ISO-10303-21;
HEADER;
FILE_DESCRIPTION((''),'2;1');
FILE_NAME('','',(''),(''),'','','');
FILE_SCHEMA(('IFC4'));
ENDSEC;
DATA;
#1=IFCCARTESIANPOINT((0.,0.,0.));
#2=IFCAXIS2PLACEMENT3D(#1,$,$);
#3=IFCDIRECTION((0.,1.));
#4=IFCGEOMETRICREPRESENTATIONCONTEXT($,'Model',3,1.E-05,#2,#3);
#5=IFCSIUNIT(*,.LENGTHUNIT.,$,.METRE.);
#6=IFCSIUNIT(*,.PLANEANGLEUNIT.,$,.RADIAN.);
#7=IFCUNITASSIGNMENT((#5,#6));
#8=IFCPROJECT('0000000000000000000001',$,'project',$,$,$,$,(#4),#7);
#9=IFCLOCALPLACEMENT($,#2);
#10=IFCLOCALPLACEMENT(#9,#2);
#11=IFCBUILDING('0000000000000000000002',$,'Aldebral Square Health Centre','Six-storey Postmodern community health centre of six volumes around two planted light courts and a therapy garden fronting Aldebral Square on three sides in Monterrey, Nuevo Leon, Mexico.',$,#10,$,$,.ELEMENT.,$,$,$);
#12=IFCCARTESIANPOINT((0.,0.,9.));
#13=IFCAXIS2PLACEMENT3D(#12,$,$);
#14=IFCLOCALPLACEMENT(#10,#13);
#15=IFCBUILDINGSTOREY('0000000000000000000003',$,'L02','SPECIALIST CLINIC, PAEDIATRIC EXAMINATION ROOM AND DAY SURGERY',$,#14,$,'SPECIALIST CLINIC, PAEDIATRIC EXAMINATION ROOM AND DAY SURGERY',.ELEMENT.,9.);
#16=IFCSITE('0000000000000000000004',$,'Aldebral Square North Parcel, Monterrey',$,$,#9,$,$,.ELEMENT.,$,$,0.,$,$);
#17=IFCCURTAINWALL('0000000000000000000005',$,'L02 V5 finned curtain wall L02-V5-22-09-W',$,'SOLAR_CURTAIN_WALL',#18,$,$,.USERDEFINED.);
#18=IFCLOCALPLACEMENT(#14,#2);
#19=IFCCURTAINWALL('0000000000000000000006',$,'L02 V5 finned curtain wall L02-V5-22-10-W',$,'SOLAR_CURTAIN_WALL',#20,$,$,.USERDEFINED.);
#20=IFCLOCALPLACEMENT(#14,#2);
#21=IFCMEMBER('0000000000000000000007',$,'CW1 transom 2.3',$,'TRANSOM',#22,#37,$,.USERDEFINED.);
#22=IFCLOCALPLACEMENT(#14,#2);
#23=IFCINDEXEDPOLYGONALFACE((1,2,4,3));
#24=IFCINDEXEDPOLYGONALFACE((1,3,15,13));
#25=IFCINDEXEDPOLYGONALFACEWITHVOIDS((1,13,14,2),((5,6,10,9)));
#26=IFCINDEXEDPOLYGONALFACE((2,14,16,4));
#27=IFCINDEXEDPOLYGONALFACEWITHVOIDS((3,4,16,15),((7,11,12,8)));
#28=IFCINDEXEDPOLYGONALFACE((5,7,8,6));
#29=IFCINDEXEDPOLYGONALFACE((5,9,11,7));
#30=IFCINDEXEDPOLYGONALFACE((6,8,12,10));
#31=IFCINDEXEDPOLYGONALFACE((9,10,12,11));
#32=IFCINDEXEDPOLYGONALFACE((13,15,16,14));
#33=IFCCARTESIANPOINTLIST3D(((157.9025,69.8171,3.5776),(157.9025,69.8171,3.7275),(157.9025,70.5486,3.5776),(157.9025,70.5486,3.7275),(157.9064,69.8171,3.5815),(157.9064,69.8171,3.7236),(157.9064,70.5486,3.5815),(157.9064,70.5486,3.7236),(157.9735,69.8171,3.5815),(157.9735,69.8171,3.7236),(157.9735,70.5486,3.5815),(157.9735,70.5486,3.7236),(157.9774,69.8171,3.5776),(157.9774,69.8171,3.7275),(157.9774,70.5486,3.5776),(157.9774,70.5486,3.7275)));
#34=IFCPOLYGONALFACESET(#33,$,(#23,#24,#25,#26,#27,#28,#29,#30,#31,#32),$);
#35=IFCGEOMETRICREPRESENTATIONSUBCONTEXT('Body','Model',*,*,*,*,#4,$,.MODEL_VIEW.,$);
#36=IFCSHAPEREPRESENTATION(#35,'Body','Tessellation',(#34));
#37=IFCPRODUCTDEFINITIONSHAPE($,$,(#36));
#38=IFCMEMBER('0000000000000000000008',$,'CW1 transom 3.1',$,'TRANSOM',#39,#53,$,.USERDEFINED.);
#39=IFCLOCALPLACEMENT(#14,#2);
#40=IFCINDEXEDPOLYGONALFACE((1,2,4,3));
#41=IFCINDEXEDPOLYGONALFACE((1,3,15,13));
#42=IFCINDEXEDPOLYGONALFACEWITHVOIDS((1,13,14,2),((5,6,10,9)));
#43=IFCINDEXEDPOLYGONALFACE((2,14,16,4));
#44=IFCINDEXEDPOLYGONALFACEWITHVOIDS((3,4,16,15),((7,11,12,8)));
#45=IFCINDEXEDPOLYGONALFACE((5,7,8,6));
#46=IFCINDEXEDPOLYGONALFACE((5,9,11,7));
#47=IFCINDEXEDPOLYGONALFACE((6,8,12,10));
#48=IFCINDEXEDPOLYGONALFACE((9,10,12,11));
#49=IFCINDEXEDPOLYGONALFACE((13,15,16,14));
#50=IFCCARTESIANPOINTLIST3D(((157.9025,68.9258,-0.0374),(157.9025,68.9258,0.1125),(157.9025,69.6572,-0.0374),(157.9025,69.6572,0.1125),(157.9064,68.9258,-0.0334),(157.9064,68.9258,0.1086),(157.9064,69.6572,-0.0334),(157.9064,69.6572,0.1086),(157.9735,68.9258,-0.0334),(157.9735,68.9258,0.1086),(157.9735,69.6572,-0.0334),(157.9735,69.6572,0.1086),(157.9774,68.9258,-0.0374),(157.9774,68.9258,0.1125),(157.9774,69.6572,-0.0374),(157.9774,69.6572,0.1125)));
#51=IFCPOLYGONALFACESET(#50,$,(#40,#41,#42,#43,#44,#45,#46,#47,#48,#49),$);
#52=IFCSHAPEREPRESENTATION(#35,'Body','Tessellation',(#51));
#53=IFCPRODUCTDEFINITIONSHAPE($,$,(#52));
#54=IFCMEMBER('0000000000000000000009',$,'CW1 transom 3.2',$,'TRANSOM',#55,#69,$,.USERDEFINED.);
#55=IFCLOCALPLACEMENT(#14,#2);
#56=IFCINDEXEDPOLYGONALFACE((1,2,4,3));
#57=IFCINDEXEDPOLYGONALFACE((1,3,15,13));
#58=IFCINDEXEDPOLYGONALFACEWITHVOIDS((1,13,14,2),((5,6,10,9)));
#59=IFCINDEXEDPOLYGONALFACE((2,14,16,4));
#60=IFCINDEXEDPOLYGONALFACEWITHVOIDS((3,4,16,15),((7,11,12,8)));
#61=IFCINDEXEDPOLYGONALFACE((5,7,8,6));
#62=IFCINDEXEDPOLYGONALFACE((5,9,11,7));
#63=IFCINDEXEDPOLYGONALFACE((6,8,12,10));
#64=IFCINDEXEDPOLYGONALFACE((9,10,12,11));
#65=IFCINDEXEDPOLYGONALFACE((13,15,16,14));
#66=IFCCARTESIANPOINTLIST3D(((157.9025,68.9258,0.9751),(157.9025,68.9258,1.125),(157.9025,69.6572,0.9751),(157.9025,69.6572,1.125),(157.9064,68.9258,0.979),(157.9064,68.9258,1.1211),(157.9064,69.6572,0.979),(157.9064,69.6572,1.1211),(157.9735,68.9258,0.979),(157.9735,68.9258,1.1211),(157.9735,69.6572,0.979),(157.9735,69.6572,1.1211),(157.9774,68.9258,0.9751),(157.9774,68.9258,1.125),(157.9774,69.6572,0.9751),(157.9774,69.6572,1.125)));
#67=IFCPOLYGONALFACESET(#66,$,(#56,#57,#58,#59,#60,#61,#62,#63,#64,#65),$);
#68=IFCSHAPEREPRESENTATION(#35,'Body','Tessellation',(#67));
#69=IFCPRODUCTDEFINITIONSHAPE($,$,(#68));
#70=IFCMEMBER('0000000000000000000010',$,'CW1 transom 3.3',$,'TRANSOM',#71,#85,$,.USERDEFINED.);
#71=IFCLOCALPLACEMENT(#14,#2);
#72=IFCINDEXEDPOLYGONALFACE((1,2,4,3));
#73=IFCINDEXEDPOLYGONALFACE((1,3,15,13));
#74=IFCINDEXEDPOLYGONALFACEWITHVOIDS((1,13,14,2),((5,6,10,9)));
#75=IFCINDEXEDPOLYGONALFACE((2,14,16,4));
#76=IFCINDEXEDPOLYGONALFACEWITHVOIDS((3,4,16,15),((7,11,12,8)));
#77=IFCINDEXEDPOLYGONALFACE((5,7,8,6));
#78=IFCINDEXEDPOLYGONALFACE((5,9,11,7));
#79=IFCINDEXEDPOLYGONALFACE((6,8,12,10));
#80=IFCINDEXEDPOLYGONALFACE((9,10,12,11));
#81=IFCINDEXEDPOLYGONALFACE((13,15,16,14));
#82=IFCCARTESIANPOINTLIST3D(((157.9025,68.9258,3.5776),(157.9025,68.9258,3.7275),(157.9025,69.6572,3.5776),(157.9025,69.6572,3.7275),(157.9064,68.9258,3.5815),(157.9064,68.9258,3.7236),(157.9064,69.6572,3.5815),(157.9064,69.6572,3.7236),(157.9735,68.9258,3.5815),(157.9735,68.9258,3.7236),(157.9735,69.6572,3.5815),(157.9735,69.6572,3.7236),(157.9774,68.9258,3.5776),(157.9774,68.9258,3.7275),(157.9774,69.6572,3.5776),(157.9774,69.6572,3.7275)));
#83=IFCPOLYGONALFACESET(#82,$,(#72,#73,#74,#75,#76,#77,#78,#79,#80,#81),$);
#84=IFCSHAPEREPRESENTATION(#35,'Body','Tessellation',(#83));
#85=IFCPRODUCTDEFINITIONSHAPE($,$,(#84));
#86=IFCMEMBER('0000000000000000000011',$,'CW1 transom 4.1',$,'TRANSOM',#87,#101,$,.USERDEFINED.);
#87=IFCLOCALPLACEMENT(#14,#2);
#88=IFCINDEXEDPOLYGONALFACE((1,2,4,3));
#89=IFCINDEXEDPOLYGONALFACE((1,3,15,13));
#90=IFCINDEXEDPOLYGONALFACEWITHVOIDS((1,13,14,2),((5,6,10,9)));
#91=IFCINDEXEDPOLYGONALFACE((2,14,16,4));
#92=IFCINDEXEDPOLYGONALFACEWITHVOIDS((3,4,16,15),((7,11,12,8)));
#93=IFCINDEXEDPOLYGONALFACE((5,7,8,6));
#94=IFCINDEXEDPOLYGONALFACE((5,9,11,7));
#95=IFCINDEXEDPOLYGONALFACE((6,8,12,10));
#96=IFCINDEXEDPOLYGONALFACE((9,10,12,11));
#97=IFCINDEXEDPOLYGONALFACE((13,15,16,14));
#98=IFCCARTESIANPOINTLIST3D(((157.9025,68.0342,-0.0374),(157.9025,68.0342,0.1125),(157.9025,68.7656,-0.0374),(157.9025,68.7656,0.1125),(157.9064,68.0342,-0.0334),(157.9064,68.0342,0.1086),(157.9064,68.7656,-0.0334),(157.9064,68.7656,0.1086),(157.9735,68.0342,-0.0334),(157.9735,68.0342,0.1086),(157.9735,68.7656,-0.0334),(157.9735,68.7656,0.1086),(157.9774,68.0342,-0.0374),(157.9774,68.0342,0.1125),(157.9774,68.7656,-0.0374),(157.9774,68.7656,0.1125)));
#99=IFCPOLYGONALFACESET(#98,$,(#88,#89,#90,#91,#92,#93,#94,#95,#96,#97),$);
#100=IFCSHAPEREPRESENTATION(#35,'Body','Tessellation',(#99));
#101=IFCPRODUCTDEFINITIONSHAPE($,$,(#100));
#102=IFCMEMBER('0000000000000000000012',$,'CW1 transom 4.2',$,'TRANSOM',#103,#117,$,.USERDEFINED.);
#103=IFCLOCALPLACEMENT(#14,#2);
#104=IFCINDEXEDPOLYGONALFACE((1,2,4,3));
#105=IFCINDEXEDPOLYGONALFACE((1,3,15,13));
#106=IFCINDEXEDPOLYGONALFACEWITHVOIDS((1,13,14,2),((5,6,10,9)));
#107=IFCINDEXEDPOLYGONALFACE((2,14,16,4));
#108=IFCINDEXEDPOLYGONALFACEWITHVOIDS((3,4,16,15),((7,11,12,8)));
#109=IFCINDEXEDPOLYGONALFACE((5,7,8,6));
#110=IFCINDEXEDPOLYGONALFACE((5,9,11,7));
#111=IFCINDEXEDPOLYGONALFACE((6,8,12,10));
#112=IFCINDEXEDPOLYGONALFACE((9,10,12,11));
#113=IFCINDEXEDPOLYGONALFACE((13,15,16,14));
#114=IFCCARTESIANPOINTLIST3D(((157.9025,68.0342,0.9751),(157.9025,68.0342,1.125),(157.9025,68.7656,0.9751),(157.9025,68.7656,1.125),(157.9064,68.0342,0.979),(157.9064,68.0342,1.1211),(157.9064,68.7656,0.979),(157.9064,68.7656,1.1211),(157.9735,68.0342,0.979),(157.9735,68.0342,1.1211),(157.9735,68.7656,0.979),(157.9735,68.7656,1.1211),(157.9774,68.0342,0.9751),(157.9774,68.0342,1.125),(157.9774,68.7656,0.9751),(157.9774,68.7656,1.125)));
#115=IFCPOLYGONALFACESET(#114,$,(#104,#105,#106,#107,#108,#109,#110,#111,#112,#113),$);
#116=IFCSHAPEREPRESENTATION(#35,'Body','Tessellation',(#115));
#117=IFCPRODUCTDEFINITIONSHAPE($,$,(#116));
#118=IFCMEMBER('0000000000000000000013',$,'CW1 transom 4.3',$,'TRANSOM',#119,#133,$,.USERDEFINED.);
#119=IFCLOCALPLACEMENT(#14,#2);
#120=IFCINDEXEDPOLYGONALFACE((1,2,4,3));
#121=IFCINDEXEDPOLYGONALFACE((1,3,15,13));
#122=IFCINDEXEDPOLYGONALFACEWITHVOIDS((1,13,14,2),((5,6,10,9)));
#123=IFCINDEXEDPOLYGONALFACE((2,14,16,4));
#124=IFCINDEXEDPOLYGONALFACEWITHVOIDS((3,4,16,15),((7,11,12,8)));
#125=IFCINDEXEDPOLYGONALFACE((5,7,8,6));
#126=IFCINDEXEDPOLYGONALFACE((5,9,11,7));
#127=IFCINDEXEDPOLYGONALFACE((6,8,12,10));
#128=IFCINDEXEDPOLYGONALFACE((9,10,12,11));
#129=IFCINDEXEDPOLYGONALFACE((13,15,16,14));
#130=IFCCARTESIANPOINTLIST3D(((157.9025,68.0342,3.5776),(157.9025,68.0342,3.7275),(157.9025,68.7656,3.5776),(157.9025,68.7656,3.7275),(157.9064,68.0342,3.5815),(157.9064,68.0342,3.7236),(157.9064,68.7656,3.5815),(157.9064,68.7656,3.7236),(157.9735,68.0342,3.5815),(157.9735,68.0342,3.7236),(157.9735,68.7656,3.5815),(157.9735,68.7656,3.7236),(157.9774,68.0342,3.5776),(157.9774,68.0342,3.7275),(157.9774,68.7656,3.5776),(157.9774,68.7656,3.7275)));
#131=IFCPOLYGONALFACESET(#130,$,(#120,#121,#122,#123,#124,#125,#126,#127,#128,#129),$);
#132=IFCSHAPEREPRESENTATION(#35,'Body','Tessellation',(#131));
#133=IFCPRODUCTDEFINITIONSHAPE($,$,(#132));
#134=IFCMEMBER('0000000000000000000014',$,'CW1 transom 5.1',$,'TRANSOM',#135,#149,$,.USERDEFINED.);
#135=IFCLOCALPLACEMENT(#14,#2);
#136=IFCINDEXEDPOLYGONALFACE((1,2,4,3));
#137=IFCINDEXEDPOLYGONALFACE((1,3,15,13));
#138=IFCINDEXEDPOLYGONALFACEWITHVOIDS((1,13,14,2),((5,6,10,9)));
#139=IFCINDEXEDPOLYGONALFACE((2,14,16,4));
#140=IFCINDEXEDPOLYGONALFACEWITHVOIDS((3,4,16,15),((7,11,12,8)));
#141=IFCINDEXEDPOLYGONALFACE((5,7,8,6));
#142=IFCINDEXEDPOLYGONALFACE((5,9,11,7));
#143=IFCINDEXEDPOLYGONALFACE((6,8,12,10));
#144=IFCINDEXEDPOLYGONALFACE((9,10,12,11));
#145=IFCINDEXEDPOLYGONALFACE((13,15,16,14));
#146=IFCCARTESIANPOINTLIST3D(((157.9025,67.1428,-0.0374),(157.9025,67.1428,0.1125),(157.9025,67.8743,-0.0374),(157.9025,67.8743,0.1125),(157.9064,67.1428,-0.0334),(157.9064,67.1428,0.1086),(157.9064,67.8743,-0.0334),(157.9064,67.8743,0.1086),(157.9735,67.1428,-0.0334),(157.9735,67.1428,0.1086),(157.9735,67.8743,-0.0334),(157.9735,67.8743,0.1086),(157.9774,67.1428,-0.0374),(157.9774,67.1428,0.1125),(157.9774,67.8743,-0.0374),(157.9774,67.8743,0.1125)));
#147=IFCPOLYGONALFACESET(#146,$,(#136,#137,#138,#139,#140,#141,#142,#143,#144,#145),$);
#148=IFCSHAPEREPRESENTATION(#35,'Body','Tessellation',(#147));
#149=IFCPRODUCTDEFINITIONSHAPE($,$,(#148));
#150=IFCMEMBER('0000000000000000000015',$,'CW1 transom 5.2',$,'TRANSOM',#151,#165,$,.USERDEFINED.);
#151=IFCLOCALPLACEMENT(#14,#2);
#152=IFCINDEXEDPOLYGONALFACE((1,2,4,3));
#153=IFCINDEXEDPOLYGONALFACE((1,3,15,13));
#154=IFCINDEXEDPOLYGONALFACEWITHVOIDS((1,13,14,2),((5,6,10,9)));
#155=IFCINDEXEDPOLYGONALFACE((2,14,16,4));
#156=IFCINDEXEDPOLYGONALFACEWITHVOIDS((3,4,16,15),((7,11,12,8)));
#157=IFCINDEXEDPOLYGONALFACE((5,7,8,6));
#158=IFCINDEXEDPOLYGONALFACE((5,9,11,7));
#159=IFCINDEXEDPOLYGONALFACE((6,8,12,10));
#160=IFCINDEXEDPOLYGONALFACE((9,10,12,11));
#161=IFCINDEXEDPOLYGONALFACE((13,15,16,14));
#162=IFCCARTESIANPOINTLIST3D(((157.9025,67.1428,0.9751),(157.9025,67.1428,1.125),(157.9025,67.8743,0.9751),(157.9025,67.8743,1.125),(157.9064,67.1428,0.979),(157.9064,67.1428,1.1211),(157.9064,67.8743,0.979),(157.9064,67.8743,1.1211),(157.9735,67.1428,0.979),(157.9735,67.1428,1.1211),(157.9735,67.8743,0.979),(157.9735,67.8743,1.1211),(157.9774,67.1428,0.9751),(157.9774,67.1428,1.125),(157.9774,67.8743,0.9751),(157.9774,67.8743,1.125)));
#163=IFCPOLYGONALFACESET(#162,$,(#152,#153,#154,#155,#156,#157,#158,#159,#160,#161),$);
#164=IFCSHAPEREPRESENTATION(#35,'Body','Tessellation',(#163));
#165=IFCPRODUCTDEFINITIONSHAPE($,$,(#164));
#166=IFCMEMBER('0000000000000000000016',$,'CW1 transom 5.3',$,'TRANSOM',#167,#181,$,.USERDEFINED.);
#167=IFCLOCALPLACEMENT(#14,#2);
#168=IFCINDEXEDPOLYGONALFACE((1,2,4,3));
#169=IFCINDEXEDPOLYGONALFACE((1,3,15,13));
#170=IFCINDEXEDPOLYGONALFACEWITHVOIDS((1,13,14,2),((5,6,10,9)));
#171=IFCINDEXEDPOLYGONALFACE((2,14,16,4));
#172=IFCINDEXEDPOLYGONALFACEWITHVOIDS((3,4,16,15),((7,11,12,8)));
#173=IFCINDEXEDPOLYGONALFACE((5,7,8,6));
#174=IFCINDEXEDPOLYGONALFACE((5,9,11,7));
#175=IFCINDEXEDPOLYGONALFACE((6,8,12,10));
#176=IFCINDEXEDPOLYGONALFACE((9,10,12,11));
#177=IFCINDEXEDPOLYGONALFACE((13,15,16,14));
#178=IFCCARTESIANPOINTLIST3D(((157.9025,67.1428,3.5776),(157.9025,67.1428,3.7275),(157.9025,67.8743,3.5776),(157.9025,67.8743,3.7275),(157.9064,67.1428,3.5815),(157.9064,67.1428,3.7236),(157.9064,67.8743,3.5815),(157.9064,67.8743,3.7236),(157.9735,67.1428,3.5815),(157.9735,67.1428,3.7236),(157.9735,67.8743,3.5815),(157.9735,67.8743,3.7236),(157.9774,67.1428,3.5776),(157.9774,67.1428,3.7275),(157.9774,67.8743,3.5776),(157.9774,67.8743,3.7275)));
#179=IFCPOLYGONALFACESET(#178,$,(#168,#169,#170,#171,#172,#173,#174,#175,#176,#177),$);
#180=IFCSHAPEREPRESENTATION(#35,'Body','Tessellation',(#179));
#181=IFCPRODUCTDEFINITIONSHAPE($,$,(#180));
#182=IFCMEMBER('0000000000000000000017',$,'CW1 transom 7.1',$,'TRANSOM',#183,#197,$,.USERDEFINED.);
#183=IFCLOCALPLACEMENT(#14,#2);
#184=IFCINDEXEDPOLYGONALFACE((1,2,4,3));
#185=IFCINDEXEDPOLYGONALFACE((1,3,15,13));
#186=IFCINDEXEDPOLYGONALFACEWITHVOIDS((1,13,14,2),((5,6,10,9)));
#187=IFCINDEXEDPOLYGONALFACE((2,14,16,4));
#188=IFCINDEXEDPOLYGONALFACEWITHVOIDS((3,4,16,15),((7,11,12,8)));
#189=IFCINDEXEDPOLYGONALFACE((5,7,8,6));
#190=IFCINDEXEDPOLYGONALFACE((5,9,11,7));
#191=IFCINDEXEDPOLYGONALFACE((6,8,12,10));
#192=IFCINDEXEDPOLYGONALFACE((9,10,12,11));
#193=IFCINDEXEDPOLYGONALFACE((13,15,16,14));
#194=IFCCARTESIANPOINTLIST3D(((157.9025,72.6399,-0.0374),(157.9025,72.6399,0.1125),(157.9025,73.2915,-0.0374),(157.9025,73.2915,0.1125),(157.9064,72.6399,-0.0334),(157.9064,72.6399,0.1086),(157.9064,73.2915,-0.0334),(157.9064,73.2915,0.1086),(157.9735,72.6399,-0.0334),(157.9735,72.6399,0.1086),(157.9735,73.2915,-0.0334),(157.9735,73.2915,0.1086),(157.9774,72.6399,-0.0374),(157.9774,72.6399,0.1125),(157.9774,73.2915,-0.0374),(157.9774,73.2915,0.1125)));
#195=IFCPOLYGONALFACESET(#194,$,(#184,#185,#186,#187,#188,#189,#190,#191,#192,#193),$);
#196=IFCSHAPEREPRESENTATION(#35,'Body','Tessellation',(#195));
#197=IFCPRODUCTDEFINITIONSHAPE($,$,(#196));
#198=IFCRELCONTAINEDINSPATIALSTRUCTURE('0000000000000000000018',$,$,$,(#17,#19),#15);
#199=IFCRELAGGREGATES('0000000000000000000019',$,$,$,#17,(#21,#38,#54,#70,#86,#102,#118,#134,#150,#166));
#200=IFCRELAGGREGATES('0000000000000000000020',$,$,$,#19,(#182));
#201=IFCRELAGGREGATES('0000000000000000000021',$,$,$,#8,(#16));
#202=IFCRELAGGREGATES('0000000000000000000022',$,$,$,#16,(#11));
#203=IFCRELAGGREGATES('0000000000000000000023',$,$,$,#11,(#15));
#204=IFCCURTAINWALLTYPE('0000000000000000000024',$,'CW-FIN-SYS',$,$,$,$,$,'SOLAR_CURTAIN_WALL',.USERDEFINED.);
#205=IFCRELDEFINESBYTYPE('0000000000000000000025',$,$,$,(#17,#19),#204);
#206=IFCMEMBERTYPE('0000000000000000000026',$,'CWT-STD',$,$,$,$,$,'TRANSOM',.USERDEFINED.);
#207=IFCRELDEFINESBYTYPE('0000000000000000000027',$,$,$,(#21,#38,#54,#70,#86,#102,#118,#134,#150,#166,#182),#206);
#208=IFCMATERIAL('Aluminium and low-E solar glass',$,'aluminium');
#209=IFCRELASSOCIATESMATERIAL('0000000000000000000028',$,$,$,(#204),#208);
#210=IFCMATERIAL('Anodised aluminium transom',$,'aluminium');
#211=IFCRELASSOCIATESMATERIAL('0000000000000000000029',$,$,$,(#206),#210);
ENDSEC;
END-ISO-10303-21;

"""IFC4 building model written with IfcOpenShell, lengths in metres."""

from ifc_helpers import new_model, si_unit, direction, frame, origin, origin_2d, place, context, subcontext, project, spatial, hollow_rectangle, extrude, material, material_profile, profile_set, type_object, element, aggregate, save


model = new_model("IFC4")

# Units and contexts
model_context = context("Model", 3, precision=1e-05, world=origin(), true_north=direction((0.0, 1.0)))
body_context = subcontext(model_context, "Body", "Model", "MODEL_VIEW")
ifc_project = project(units=[si_unit("LENGTHUNIT", "METRE"), si_unit("PLANEANGLEUNIT", "RADIAN")], contexts=[model_context])

# Site, building, storey
site_placement = place(None, origin())
site = spatial("IfcSite", under=ifc_project, at=site_placement, Name="Aldebral Square North Parcel, Monterrey", CompositionType="ELEMENT", RefElevation=0.0)
building_placement = place(site_placement, origin())
building = spatial("IfcBuilding", under=site, at=building_placement, Name="Aldebral Square Health Centre", Description="Six-storey Postmodern community health centre of six volumes around two planted light courts and a therapy garden fronting Aldebral Square on three sides in Monterrey, Nuevo Leon, Mexico.", CompositionType="ELEMENT")
storey_placement = place(building_placement, frame((0.0, 0.0, 9.0)))
storey = spatial("IfcBuildingStorey", under=building, at=storey_placement, Name="L02", Description="SPECIALIST CLINIC, PAEDIATRIC EXAMINATION ROOM AND DAY SURGERY", LongName="SPECIALIST CLINIC, PAEDIATRIC EXAMINATION ROOM AND DAY SURGERY", CompositionType="ELEMENT", Elevation=9.0)

# Curtain wall
ifc_material_1 = material(Name="Aluminium and low-E solar glass", Category="aluminium")
curtain_wall_type = type_object("IfcCurtainWallType", Name="CW-FIN-SYS", ElementType="SOLAR_CURTAIN_WALL", PredefinedType="USERDEFINED", material=ifc_material_1)
curtain_wall_1_placement = place(storey_placement, origin())
curtain_wall_1 = element("IfcCurtainWall", 1, at=curtain_wall_1_placement, inside=storey, type_object=curtain_wall_type, Name="L02 V5 finned curtain wall L02-V5-22-09-W", ObjectType="SOLAR_CURTAIN_WALL", PredefinedType="USERDEFINED")

# Curtain wall
curtain_wall_2_placement = place(storey_placement, origin())
curtain_wall_2 = element("IfcCurtainWall", 2, at=curtain_wall_2_placement, inside=storey, type_object=curtain_wall_type, Name="L02 V5 finned curtain wall L02-V5-22-10-W", ObjectType="SOLAR_CURTAIN_WALL", PredefinedType="USERDEFINED")

# Members
ifc_material_2 = material(Name="Anodised aluminium transom", Category="aluminium")
ifc_material_profile_1 = material_profile(ifc_material_2, hollow_rectangle(XDim=0.075, YDim=0.1499, WallThickness=0.0039, at=origin_2d()), Name="CWT 75x150x4")
ifc_profile_set_1 = profile_set([ifc_material_profile_1], Name="Anodised aluminium transom")
member_type_1 = type_object("IfcMemberType", Name="CWT-STD", ElementType="TRANSOM", PredefinedType="USERDEFINED", material=ifc_profile_set_1)
member_1_placement = place(storey_placement, frame((157.9399, 70.5486, 3.6526), z_axis=(0.0, -1.0, 0.0), x_axis=(1.0, 0.0, 0.0)))
member_1 = element("IfcMember", 3, at=member_1_placement, type_object=member_type_1, Name="CW1 transom 2.3", ObjectType="TRANSOM", PredefinedType="USERDEFINED", context=body_context, shape_type="SweptSolid", body=[
    extrude(hollow_rectangle(XDim=0.075, YDim=0.1499, WallThickness=0.0039, at=origin_2d()), origin(), (0.0, 0.0, 1.0), 0.7314),
])
member_2_placement = place(storey_placement, frame((157.9399, 69.6572, 0.0376), z_axis=(0.0, -1.0, 0.0), x_axis=(1.0, 0.0, 0.0)))
member_2 = element("IfcMember", 4, at=member_2_placement, type_object=member_type_1, Name="CW1 transom 3.1", ObjectType="TRANSOM", PredefinedType="USERDEFINED", context=body_context, shape_type="SweptSolid", body=[
    extrude(hollow_rectangle(XDim=0.075, YDim=0.1499, WallThickness=0.0039, at=origin_2d()), origin(), (0.0, 0.0, 1.0), 0.7314),
])
member_3_placement = place(storey_placement, frame((157.9399, 69.6572, 1.05), z_axis=(0.0, -1.0, 0.0), x_axis=(1.0, 0.0, 0.0)))
member_3 = element("IfcMember", 5, at=member_3_placement, type_object=member_type_1, Name="CW1 transom 3.2", ObjectType="TRANSOM", PredefinedType="USERDEFINED", context=body_context, shape_type="SweptSolid", body=[
    extrude(hollow_rectangle(XDim=0.075, YDim=0.1499, WallThickness=0.0039, at=origin_2d()), origin(), (0.0, 0.0, 1.0), 0.7314),
])
member_4_placement = place(storey_placement, frame((157.9399, 69.6572, 3.6526), z_axis=(0.0, -1.0, 0.0), x_axis=(1.0, 0.0, 0.0)))
member_4 = element("IfcMember", 6, at=member_4_placement, type_object=member_type_1, Name="CW1 transom 3.3", ObjectType="TRANSOM", PredefinedType="USERDEFINED", context=body_context, shape_type="SweptSolid", body=[
    extrude(hollow_rectangle(XDim=0.075, YDim=0.1499, WallThickness=0.0039, at=origin_2d()), origin(), (0.0, 0.0, 1.0), 0.7314),
])
member_5_placement = place(storey_placement, frame((157.9399, 68.7656, 0.0376), z_axis=(0.0, -1.0, 0.0), x_axis=(1.0, 0.0, 0.0)))
member_5 = element("IfcMember", 7, at=member_5_placement, type_object=member_type_1, Name="CW1 transom 4.1", ObjectType="TRANSOM", PredefinedType="USERDEFINED", context=body_context, shape_type="SweptSolid", body=[
    extrude(hollow_rectangle(XDim=0.075, YDim=0.1499, WallThickness=0.0039, at=origin_2d()), origin(), (0.0, 0.0, 1.0), 0.7314),
])
member_6_placement = place(storey_placement, frame((157.9399, 68.7656, 1.05), z_axis=(0.0, -1.0, 0.0), x_axis=(1.0, 0.0, 0.0)))
member_6 = element("IfcMember", 8, at=member_6_placement, type_object=member_type_1, Name="CW1 transom 4.2", ObjectType="TRANSOM", PredefinedType="USERDEFINED", context=body_context, shape_type="SweptSolid", body=[
    extrude(hollow_rectangle(XDim=0.075, YDim=0.1499, WallThickness=0.0039, at=origin_2d()), origin(), (0.0, 0.0, 1.0), 0.7314),
])
member_7_placement = place(storey_placement, frame((157.9399, 68.7656, 3.6526), z_axis=(0.0, -1.0, 0.0), x_axis=(1.0, 0.0, 0.0)))
member_7 = element("IfcMember", 9, at=member_7_placement, type_object=member_type_1, Name="CW1 transom 4.3", ObjectType="TRANSOM", PredefinedType="USERDEFINED", context=body_context, shape_type="SweptSolid", body=[
    extrude(hollow_rectangle(XDim=0.075, YDim=0.1499, WallThickness=0.0039, at=origin_2d()), origin(), (0.0, 0.0, 1.0), 0.7314),
])
member_8_placement = place(storey_placement, frame((157.9399, 67.8743, 0.0376), z_axis=(0.0, -1.0, 0.0), x_axis=(1.0, 0.0, 0.0)))
member_8 = element("IfcMember", 10, at=member_8_placement, type_object=member_type_1, Name="CW1 transom 5.1", ObjectType="TRANSOM", PredefinedType="USERDEFINED", context=body_context, shape_type="SweptSolid", body=[
    extrude(hollow_rectangle(XDim=0.075, YDim=0.1499, WallThickness=0.0039, at=origin_2d()), origin(), (0.0, 0.0, 1.0), 0.7314),
])
member_9_placement = place(storey_placement, frame((157.9399, 67.8743, 1.05), z_axis=(0.0, -1.0, 0.0), x_axis=(1.0, 0.0, 0.0)))
member_9 = element("IfcMember", 11, at=member_9_placement, type_object=member_type_1, Name="CW1 transom 5.2", ObjectType="TRANSOM", PredefinedType="USERDEFINED", context=body_context, shape_type="SweptSolid", body=[
    extrude(hollow_rectangle(XDim=0.075, YDim=0.1499, WallThickness=0.0039, at=origin_2d()), origin(), (0.0, 0.0, 1.0), 0.7314),
])
member_10_placement = place(storey_placement, frame((157.9399, 67.8743, 3.6526), z_axis=(0.0, -1.0, 0.0), x_axis=(1.0, 0.0, 0.0)))
member_10 = element("IfcMember", 12, at=member_10_placement, type_object=member_type_1, Name="CW1 transom 5.3", ObjectType="TRANSOM", PredefinedType="USERDEFINED", context=body_context, shape_type="SweptSolid", body=[
    extrude(hollow_rectangle(XDim=0.075, YDim=0.1499, WallThickness=0.0039, at=origin_2d()), origin(), (0.0, 0.0, 1.0), 0.7314),
])
member_11_placement = place(storey_placement, frame((157.9399, 73.2915, 0.0376), z_axis=(0.0, -1.0, 0.0), x_axis=(1.0, 0.0, 0.0)))
member_11 = element("IfcMember", 13, at=member_11_placement, type_object=member_type_1, Name="CW1 transom 7.1", ObjectType="TRANSOM", PredefinedType="USERDEFINED", context=body_context, shape_type="SweptSolid", body=[
    extrude(hollow_rectangle(XDim=0.075, YDim=0.1499, WallThickness=0.0039, at=origin_2d()), origin(), (0.0, 0.0, 1.0), 0.6516),
])

aggregate(curtain_wall_1, [member_1, member_2, member_3, member_4, member_5, member_6, member_7, member_8, member_9, member_10])
aggregate(curtain_wall_2, [member_11])

save(model, "model.ifc")
